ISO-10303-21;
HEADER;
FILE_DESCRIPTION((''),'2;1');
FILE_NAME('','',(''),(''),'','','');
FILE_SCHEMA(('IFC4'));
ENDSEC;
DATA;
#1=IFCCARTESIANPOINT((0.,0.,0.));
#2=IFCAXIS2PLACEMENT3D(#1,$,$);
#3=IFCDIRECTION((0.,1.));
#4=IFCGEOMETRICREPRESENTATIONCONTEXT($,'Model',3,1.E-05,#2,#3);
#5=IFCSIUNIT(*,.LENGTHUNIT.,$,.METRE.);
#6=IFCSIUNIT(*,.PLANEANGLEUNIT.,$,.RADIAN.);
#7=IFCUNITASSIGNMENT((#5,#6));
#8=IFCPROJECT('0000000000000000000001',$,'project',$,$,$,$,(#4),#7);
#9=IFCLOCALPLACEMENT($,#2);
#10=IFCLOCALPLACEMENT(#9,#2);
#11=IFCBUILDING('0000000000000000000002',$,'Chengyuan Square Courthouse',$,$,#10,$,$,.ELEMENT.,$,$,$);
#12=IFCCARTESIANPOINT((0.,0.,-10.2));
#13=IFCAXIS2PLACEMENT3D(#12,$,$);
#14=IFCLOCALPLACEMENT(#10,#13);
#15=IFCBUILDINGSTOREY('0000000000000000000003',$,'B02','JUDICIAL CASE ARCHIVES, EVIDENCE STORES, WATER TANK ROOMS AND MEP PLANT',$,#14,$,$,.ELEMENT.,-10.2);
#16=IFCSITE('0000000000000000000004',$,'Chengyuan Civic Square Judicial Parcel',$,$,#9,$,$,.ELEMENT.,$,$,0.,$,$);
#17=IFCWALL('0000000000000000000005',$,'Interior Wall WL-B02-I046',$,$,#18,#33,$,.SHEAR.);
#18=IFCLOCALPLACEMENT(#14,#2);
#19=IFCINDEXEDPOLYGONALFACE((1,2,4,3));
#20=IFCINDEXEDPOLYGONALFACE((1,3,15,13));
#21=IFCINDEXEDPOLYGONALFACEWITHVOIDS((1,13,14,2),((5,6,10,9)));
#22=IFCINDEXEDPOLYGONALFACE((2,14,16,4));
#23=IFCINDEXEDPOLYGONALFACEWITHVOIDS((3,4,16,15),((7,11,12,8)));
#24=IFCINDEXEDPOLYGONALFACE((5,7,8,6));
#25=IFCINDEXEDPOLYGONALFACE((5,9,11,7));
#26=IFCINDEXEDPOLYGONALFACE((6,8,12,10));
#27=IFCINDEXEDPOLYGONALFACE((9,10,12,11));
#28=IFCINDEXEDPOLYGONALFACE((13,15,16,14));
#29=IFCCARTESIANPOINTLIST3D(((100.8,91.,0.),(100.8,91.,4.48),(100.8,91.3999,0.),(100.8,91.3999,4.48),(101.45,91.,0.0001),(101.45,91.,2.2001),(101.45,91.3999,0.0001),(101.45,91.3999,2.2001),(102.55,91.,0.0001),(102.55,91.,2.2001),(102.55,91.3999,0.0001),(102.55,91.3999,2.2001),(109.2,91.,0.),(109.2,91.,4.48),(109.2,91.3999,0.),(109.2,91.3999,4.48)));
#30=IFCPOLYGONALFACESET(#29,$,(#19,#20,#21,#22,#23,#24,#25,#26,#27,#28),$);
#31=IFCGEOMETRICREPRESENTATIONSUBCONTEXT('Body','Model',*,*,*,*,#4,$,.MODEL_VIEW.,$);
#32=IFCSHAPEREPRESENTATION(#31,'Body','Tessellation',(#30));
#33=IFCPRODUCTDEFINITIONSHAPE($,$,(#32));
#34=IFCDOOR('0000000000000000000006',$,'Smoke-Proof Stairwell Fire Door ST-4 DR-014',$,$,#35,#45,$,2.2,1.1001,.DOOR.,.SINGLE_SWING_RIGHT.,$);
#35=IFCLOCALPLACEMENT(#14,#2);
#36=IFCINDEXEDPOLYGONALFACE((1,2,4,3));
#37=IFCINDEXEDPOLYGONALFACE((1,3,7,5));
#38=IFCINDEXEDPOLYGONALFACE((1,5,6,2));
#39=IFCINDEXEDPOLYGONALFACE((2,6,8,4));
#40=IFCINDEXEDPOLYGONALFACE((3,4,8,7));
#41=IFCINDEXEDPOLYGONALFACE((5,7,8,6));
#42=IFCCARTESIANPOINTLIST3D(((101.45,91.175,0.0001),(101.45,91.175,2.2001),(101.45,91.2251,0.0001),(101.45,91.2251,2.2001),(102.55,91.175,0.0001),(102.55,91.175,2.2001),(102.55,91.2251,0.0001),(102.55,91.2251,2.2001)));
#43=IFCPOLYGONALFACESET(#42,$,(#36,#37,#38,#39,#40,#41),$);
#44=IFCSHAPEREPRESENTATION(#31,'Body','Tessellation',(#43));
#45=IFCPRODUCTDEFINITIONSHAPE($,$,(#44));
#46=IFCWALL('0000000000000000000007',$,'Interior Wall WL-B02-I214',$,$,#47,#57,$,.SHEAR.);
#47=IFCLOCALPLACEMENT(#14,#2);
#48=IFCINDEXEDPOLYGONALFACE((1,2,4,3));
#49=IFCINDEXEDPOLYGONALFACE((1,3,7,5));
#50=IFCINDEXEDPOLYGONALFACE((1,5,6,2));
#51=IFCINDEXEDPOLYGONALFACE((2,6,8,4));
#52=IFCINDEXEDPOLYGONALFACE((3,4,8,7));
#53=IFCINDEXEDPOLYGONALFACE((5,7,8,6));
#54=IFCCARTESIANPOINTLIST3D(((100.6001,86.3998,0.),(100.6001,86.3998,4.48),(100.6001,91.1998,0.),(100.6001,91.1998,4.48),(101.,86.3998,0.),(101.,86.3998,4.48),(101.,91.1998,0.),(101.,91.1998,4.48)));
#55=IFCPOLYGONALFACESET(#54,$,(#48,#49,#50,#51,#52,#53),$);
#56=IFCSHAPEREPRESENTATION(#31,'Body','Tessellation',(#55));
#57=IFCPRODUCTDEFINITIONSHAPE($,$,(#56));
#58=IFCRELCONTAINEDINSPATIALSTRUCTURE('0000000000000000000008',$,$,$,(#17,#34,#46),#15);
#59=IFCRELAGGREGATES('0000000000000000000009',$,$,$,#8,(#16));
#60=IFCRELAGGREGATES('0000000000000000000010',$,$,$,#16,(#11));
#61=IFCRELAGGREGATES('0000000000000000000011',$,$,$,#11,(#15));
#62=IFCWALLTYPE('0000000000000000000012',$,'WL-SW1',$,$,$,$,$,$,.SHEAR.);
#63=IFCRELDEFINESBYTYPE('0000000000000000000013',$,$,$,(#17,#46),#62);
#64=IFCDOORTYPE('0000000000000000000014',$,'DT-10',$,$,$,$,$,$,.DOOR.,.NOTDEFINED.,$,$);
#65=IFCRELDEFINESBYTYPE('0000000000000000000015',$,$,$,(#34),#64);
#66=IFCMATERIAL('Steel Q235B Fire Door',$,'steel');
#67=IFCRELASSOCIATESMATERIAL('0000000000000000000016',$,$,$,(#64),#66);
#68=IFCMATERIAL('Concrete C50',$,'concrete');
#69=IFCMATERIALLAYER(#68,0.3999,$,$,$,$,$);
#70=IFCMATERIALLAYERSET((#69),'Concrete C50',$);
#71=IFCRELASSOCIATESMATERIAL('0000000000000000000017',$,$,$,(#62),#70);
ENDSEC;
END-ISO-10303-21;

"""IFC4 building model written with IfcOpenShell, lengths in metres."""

from ifc_helpers import new_model, si_unit, direction, frame, frame_2d, origin, place, context, subcontext, project, spatial, rectangle, extrude, material, layer, layer_set, type_object, element, fill, save


model = new_model("IFC4")

# Units and contexts
model_context = context("Model", 3, precision=1e-05, world=origin(), true_north=direction((0.0, 1.0)))
body_context = subcontext(model_context, "Body", "Model", "MODEL_VIEW")
ifc_project = project(units=[si_unit("LENGTHUNIT", "METRE"), si_unit("PLANEANGLEUNIT", "RADIAN")], contexts=[model_context])

# Site, building, storey
site_placement = place(None, origin())
site = spatial("IfcSite", under=ifc_project, at=site_placement, Name="Chengyuan Civic Square Judicial Parcel", CompositionType="ELEMENT", RefElevation=0.0)
building_placement = place(site_placement, origin())
building = spatial("IfcBuilding", under=site, at=building_placement, Name="Chengyuan Square Courthouse", CompositionType="ELEMENT")
storey_placement = place(building_placement, frame((0.0, 0.0, -10.2)))
storey = spatial("IfcBuildingStorey", under=building, at=storey_placement, Name="B02", Description="JUDICIAL CASE ARCHIVES, EVIDENCE STORES, WATER TANK ROOMS AND MEP PLANT", CompositionType="ELEMENT", Elevation=-10.2)

# Shared definitions
ifc_material_1 = material(Name="Concrete C50", Category="concrete")

# Shared definitions
ifc_material_2 = material(Name="Steel Q235B Fire Door", Category="steel")
door_type = type_object("IfcDoorType", Name="DT-10", OperationType="NOTDEFINED", PredefinedType="DOOR", material=ifc_material_2)

# Shared definitions
ifc_layer_1 = layer(ifc_material_1, 0.3999)
ifc_layer_set_1 = layer_set([ifc_layer_1], Name="Concrete C50")
wall_type_1 = type_object("IfcWallType", Name="WL-SW1", PredefinedType="SHEAR", material=ifc_layer_set_1)

# Wall, opening, door
wall_1_placement = place(storey_placement, frame((100.8, 91.2, 0.0), z_axis=(0.0, 0.0, 1.0), x_axis=(1.0, 0.0, 0.0)))
wall_1 = element("IfcWall", 1, at=wall_1_placement, inside=storey, type_object=wall_type_1, Name="Interior Wall WL-B02-I046", PredefinedType="SHEAR", context=body_context, shape_type="SweptSolid", body=[
    extrude(rectangle(XDim=8.3999, YDim=0.3999, at=frame_2d((4.2, 0.0))), origin(), (0.0, 0.0, 1.0), 4.48),
])
opening_1_placement = place(wall_1_placement, frame((0.6499, 0.0, 0.0)))
opening_1 = element("IfcOpeningElement", 2, at=opening_1_placement, cuts=wall_1, PredefinedType="OPENING", context=body_context, shape_type="SweptSolid", body=[
    extrude(rectangle(XDim=1.1001, YDim=2.2, at=frame_2d((0.55, 1.1001))), frame((0.0, 0.2119, 0.0), z_axis=(0.0, -1.0, 0.0), x_axis=(1.0, 0.0, 0.0)), (0.0, 0.0, 1.0), 0.4238),
])
door_1_placement = place(opening_1_placement, frame((1.1001, 0.0, 0.0), z_axis=(0.0, 0.0, 1.0), x_axis=(-1.0, 0.0, 0.0)))
door_1 = element("IfcDoor", 3, at=door_1_placement, inside=storey, type_object=door_type, Name="Smoke-Proof Stairwell Fire Door ST-4 DR-014", OperationType="SINGLE_SWING_RIGHT", OverallHeight=2.2, OverallWidth=1.1001, PredefinedType="DOOR", context=body_context, shape_type="SweptSolid", body=[
    extrude(rectangle(XDim=1.1001, YDim=2.2, at=frame_2d((0.55, 1.1001))), frame((0.0, 0.0249, 0.0), z_axis=(0.0, -1.0, 0.0), x_axis=(1.0, 0.0, 0.0)), (0.0, 0.0, 1.0), 0.05),
])
fill(opening_1, door_1)

# Wall
wall_2_placement = place(storey_placement, frame((100.8, 86.3999, 0.0), z_axis=(0.0, 0.0, 1.0), x_axis=(0.0, 1.0, 0.0)))
element("IfcWall", 4, at=wall_2_placement, inside=storey, type_object=wall_type_1, Name="Interior Wall WL-B02-I214", PredefinedType="SHEAR", context=body_context, shape_type="SweptSolid", body=[
    extrude(rectangle(XDim=4.8, YDim=0.3999, at=frame_2d((2.3999, 0.0))), origin(), (0.0, 0.0, 1.0), 4.48),
])

save(model, "model.ifc")
